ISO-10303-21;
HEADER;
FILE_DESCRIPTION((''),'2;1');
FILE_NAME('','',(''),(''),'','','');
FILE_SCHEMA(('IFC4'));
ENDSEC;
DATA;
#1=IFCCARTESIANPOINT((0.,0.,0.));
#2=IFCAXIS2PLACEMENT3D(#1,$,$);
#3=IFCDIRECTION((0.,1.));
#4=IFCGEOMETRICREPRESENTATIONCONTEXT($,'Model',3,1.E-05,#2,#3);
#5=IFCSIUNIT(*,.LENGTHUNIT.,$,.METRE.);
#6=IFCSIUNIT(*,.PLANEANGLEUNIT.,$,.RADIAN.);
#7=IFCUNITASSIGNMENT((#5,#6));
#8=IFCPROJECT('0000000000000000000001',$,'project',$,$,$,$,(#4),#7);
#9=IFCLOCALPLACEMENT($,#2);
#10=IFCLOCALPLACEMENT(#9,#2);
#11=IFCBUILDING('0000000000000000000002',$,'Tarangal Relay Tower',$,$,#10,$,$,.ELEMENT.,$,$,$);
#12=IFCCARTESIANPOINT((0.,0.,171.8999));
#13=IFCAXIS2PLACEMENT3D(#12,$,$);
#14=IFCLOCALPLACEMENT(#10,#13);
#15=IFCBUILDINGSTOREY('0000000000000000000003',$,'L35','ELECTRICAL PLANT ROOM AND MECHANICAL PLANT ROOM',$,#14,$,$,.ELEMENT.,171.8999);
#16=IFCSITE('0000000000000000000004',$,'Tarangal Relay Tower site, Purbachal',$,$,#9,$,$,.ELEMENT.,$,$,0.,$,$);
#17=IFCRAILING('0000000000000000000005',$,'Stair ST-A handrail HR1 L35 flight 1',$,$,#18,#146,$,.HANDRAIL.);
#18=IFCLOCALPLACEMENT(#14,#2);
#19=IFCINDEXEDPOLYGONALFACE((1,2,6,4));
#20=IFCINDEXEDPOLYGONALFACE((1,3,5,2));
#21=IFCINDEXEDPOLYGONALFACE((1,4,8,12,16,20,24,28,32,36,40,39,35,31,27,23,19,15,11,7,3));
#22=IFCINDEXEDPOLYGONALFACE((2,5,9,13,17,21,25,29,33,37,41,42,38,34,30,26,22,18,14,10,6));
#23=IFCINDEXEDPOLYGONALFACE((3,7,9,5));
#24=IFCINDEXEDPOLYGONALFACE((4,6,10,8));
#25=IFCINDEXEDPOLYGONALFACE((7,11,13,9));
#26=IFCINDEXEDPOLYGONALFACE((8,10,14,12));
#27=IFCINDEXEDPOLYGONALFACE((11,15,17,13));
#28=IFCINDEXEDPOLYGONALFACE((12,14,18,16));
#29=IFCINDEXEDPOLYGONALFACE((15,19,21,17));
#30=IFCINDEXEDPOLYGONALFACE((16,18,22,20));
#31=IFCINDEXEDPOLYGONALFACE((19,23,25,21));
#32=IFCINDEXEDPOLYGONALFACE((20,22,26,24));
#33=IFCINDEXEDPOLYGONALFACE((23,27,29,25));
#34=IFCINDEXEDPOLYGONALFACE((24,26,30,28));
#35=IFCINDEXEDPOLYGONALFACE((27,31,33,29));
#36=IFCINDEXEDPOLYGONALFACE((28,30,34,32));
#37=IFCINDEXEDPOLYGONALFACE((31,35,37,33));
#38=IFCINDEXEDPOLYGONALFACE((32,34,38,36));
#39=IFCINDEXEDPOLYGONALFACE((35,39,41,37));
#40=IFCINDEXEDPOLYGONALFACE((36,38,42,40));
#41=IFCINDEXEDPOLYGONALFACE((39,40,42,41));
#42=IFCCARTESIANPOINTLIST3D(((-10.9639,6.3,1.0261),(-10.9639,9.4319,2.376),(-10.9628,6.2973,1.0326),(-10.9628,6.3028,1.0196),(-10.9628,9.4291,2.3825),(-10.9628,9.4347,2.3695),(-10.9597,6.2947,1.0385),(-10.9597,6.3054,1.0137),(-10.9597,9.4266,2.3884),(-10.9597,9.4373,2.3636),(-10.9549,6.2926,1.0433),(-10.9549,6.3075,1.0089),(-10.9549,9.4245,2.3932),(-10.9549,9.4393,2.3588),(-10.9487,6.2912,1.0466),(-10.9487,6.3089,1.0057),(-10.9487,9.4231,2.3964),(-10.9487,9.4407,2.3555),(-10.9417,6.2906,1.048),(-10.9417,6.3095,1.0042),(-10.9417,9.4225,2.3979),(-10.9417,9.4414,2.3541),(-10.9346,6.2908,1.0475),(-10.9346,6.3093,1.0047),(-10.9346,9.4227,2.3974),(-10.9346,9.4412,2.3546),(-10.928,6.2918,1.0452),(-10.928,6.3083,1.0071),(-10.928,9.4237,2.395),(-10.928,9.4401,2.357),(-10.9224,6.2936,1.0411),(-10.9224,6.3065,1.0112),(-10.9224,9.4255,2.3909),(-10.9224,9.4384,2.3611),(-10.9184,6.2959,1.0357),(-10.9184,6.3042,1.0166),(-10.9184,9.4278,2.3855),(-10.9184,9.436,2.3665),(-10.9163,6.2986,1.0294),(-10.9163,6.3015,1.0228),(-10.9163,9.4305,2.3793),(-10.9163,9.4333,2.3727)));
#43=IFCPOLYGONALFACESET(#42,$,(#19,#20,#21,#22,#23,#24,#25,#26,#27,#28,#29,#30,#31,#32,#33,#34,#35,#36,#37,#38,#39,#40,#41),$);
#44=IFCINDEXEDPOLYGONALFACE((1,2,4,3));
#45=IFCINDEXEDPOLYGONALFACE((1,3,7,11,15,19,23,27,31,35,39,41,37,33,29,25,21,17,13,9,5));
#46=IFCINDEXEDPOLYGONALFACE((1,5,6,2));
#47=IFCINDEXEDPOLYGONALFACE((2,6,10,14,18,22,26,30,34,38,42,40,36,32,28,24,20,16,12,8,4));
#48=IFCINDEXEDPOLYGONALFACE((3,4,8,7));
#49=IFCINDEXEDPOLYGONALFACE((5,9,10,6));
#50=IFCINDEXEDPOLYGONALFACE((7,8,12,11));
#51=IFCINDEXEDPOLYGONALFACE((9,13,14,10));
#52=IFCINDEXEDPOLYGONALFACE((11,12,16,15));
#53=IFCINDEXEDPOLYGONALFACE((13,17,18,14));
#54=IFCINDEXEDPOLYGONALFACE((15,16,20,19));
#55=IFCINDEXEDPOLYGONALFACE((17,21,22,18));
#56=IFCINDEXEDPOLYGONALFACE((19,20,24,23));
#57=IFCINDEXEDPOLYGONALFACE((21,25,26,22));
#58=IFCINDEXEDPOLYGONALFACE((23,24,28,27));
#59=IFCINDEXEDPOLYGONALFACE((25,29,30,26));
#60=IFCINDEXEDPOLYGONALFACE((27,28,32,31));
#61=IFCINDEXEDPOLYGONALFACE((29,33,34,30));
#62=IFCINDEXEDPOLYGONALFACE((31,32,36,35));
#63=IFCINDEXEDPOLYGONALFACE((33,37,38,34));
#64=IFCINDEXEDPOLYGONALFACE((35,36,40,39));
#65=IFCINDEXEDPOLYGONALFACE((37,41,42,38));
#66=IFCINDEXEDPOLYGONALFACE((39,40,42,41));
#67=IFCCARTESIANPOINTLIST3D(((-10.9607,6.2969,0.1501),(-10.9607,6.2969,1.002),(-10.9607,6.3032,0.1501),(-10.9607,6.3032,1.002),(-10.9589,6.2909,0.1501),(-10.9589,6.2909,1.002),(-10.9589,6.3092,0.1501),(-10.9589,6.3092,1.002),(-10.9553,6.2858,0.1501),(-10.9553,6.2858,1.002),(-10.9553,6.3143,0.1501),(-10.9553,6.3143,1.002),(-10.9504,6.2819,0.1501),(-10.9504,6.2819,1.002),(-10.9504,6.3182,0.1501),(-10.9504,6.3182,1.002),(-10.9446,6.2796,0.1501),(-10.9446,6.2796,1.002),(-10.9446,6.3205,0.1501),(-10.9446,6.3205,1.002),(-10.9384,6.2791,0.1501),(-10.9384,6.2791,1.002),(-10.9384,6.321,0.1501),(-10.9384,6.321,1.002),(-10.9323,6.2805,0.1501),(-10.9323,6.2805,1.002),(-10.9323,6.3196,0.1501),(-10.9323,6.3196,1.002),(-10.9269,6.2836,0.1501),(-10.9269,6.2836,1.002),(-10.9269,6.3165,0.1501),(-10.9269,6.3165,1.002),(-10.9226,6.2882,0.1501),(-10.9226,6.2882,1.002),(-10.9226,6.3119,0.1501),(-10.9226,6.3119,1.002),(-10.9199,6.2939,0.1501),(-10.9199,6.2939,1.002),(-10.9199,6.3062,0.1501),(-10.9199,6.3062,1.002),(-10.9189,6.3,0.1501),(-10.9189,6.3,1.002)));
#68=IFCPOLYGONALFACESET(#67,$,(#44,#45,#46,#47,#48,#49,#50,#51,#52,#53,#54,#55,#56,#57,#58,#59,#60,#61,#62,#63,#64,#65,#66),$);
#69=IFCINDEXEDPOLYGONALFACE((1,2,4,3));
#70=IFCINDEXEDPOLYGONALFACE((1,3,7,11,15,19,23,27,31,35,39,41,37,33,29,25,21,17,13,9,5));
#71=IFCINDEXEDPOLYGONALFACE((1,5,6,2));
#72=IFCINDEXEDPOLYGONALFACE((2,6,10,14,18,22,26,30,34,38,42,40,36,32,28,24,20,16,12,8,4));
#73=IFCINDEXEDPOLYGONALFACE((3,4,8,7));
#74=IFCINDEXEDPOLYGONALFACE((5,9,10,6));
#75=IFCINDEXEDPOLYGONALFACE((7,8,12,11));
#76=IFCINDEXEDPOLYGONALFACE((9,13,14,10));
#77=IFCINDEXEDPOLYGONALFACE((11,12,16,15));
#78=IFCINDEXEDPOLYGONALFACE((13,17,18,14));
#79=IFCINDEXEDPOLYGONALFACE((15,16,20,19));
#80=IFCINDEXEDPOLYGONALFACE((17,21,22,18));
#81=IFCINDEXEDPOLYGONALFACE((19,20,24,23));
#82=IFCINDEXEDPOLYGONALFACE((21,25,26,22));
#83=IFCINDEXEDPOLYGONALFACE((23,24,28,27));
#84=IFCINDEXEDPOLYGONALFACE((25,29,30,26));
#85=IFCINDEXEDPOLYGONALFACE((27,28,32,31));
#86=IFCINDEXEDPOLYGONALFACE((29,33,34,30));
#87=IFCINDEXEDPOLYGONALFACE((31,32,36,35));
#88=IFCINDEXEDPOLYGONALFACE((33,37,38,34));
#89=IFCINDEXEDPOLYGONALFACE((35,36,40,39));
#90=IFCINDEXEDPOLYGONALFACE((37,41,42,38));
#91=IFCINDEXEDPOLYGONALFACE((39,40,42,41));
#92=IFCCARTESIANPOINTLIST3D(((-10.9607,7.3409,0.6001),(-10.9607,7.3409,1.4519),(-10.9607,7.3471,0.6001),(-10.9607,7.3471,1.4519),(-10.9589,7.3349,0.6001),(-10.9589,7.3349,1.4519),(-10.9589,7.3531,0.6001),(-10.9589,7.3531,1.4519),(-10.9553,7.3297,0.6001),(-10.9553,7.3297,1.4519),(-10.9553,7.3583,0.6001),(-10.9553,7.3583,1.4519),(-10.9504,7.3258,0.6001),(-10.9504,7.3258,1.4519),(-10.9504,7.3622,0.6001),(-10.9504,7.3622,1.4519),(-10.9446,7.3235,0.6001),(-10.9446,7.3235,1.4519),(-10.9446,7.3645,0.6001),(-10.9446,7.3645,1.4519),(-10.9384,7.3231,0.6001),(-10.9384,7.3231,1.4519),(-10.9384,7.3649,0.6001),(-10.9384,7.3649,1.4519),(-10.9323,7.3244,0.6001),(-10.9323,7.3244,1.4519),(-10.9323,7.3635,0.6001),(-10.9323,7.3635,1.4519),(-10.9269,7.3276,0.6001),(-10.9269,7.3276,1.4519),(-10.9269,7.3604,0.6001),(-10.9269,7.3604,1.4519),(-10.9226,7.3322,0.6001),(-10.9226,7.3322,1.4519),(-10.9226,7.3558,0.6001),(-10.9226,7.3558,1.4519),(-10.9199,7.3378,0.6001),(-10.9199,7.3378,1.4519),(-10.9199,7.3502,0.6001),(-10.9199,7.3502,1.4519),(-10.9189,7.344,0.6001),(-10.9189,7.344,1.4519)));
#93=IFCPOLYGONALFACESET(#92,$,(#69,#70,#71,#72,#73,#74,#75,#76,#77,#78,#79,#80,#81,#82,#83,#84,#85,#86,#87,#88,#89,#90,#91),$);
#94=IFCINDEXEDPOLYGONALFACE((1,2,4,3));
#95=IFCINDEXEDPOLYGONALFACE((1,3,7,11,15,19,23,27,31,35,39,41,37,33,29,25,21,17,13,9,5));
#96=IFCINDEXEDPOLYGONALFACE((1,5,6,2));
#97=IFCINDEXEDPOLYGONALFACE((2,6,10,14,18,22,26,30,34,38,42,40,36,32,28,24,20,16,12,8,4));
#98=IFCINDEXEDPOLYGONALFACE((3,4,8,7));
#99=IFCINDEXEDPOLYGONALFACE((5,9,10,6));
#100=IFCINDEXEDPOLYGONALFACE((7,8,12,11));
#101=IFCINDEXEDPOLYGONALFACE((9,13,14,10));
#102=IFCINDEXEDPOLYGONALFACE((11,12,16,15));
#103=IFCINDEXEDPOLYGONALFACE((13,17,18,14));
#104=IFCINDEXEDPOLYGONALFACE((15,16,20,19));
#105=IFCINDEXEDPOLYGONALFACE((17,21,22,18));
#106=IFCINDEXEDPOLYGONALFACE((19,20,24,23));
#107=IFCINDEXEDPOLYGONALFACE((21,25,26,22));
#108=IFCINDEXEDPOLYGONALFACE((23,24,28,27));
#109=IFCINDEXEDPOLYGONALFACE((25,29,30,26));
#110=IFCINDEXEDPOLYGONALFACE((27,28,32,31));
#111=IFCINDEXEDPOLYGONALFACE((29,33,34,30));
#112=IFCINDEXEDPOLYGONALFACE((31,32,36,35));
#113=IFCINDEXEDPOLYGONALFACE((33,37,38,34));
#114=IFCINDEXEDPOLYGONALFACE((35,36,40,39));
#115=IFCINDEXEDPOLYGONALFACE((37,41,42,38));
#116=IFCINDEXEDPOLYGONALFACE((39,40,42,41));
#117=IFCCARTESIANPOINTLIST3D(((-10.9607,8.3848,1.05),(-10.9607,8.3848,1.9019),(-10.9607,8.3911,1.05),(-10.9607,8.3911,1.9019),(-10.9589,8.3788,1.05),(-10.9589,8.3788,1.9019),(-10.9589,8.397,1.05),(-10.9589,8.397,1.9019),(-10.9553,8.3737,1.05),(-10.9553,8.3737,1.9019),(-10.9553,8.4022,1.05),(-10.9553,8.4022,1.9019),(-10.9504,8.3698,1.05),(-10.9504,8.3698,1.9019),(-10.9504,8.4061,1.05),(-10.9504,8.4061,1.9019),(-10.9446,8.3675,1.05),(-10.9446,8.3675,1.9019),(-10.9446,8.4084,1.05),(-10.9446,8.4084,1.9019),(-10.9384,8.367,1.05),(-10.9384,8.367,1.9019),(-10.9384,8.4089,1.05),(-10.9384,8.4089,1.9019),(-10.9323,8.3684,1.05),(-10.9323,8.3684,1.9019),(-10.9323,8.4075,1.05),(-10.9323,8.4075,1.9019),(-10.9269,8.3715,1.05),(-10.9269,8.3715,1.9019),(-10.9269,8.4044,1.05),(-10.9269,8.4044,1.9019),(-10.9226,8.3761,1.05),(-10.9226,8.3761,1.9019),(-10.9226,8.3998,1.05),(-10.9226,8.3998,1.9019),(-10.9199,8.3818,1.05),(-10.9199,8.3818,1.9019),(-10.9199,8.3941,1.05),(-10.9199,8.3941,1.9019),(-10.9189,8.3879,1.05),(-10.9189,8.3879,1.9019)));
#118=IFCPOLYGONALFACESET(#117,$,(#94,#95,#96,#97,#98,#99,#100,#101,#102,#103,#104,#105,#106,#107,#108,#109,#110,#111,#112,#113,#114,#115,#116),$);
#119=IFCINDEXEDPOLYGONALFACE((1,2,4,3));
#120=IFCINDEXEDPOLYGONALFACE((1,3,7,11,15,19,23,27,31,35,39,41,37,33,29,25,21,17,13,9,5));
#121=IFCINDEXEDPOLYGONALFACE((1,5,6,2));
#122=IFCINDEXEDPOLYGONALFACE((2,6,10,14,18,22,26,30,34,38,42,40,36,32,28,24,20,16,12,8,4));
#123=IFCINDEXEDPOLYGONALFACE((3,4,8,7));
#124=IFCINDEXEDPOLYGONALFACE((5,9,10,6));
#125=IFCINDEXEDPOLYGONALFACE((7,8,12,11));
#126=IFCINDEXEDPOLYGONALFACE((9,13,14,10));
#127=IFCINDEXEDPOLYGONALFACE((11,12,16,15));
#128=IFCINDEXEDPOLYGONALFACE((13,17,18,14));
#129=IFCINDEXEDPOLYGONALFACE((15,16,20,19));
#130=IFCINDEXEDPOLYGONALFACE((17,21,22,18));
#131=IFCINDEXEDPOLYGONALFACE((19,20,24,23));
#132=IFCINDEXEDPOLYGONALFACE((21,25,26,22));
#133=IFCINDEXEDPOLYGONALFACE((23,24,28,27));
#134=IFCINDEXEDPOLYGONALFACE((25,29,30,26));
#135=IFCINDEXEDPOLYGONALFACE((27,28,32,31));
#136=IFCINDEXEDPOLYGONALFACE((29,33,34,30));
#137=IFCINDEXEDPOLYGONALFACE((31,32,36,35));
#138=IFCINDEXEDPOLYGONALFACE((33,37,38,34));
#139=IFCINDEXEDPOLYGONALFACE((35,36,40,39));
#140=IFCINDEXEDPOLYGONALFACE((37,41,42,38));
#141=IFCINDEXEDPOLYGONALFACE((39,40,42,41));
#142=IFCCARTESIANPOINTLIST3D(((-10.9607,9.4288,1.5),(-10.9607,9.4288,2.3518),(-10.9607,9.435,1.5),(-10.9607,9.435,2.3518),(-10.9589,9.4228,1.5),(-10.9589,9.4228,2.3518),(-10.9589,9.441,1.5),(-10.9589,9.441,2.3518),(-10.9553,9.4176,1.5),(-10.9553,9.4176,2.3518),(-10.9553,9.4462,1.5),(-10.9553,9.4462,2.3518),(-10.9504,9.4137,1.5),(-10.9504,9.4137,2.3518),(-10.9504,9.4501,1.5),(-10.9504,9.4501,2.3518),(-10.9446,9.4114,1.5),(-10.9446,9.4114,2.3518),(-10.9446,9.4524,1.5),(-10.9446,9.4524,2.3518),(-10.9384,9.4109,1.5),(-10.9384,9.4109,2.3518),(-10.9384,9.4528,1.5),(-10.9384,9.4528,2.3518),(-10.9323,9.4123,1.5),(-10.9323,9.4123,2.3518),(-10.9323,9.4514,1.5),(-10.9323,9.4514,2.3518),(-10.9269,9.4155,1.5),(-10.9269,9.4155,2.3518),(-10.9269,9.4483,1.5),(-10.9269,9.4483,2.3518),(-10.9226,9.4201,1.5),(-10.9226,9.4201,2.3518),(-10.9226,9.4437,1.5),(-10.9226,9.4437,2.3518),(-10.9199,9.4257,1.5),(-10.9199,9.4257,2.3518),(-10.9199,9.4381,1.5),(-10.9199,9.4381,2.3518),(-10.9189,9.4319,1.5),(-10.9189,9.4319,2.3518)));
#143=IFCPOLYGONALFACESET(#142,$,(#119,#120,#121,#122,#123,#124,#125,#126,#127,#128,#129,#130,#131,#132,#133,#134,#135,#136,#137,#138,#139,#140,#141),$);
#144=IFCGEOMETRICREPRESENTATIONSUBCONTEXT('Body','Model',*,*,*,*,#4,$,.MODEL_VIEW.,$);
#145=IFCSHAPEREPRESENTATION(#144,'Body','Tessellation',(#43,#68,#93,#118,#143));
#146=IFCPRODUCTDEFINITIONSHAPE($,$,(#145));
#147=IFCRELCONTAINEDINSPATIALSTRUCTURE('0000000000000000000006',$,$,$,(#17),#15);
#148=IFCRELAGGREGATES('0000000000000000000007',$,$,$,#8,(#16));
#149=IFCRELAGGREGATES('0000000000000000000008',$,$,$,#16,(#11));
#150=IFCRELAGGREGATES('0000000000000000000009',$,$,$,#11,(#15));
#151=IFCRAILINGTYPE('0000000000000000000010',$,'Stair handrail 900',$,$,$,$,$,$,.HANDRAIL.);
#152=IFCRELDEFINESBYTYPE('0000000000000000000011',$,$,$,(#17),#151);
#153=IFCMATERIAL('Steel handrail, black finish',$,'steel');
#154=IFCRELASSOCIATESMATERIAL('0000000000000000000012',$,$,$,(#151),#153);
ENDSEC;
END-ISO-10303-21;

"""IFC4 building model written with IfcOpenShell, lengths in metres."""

from ifc_helpers import new_model, si_unit, direction, frame, origin, origin_2d, place, context, subcontext, project, spatial, circle, extrude, material, type_object, element, save


model = new_model("IFC4")

# Units and contexts
model_context = context("Model", 3, precision=1e-05, world=origin(), true_north=direction((0.0, 1.0)))
body_context = subcontext(model_context, "Body", "Model", "MODEL_VIEW")
ifc_project = project(units=[si_unit("LENGTHUNIT", "METRE"), si_unit("PLANEANGLEUNIT", "RADIAN")], contexts=[model_context])

# Site, building, storey
site_placement = place(None, origin())
site = spatial("IfcSite", under=ifc_project, at=site_placement, Name="Tarangal Relay Tower site, Purbachal", CompositionType="ELEMENT", RefElevation=0.0)
building_placement = place(site_placement, origin())
building = spatial("IfcBuilding", under=site, at=building_placement, Name="Tarangal Relay Tower", CompositionType="ELEMENT")
storey_placement = place(building_placement, frame((0.0, 0.0, 171.8999)))
storey = spatial("IfcBuildingStorey", under=building, at=storey_placement, Name="L35", Description="ELECTRICAL PLANT ROOM AND MECHANICAL PLANT ROOM", CompositionType="ELEMENT", Elevation=171.8999)

# Railing
ifc_material_1 = material(Name="Steel handrail, black finish", Category="steel")
railing_type_1 = type_object("IfcRailingType", Name="Stair handrail 900", PredefinedType="HANDRAIL", material=ifc_material_1)
for number, where, name in (
    (1, (-10.9399, 6.3, 0.1501), "Stair ST-A handrail HR1 L35 flight 1"),
):
    element("IfcRailing", number, at=place(storey_placement, frame(where)), inside=storey, type_object=railing_type_1, Name=name, PredefinedType="HANDRAIL", context=body_context, shape_type="SweptSolid", body=[
        extrude(circle(Radius=0.0239, at=origin_2d()), frame((0.0, 0.0, 0.876), z_axis=(0.0, 0.918332, 0.395811), x_axis=(-1.0, 0.0, 0.0)), (0.0, 0.0, 1.0), 3.4104),
        extrude(circle(Radius=0.021, at=origin_2d()), origin(), (0.0, 0.0, 1.0), 0.8518),
        extrude(circle(Radius=0.021, at=origin_2d()), frame((0.0, 1.0439, 0.45)), (0.0, 0.0, 1.0), 0.8518),
        extrude(circle(Radius=0.021, at=origin_2d()), frame((0.0, 2.0879, 0.8999)), (0.0, 0.0, 1.0), 0.8518),
        extrude(circle(Radius=0.021, at=origin_2d()), frame((0.0, 3.1318, 1.3499)), (0.0, 0.0, 1.0), 0.8518),
    ])

save(model, "model.ifc")
